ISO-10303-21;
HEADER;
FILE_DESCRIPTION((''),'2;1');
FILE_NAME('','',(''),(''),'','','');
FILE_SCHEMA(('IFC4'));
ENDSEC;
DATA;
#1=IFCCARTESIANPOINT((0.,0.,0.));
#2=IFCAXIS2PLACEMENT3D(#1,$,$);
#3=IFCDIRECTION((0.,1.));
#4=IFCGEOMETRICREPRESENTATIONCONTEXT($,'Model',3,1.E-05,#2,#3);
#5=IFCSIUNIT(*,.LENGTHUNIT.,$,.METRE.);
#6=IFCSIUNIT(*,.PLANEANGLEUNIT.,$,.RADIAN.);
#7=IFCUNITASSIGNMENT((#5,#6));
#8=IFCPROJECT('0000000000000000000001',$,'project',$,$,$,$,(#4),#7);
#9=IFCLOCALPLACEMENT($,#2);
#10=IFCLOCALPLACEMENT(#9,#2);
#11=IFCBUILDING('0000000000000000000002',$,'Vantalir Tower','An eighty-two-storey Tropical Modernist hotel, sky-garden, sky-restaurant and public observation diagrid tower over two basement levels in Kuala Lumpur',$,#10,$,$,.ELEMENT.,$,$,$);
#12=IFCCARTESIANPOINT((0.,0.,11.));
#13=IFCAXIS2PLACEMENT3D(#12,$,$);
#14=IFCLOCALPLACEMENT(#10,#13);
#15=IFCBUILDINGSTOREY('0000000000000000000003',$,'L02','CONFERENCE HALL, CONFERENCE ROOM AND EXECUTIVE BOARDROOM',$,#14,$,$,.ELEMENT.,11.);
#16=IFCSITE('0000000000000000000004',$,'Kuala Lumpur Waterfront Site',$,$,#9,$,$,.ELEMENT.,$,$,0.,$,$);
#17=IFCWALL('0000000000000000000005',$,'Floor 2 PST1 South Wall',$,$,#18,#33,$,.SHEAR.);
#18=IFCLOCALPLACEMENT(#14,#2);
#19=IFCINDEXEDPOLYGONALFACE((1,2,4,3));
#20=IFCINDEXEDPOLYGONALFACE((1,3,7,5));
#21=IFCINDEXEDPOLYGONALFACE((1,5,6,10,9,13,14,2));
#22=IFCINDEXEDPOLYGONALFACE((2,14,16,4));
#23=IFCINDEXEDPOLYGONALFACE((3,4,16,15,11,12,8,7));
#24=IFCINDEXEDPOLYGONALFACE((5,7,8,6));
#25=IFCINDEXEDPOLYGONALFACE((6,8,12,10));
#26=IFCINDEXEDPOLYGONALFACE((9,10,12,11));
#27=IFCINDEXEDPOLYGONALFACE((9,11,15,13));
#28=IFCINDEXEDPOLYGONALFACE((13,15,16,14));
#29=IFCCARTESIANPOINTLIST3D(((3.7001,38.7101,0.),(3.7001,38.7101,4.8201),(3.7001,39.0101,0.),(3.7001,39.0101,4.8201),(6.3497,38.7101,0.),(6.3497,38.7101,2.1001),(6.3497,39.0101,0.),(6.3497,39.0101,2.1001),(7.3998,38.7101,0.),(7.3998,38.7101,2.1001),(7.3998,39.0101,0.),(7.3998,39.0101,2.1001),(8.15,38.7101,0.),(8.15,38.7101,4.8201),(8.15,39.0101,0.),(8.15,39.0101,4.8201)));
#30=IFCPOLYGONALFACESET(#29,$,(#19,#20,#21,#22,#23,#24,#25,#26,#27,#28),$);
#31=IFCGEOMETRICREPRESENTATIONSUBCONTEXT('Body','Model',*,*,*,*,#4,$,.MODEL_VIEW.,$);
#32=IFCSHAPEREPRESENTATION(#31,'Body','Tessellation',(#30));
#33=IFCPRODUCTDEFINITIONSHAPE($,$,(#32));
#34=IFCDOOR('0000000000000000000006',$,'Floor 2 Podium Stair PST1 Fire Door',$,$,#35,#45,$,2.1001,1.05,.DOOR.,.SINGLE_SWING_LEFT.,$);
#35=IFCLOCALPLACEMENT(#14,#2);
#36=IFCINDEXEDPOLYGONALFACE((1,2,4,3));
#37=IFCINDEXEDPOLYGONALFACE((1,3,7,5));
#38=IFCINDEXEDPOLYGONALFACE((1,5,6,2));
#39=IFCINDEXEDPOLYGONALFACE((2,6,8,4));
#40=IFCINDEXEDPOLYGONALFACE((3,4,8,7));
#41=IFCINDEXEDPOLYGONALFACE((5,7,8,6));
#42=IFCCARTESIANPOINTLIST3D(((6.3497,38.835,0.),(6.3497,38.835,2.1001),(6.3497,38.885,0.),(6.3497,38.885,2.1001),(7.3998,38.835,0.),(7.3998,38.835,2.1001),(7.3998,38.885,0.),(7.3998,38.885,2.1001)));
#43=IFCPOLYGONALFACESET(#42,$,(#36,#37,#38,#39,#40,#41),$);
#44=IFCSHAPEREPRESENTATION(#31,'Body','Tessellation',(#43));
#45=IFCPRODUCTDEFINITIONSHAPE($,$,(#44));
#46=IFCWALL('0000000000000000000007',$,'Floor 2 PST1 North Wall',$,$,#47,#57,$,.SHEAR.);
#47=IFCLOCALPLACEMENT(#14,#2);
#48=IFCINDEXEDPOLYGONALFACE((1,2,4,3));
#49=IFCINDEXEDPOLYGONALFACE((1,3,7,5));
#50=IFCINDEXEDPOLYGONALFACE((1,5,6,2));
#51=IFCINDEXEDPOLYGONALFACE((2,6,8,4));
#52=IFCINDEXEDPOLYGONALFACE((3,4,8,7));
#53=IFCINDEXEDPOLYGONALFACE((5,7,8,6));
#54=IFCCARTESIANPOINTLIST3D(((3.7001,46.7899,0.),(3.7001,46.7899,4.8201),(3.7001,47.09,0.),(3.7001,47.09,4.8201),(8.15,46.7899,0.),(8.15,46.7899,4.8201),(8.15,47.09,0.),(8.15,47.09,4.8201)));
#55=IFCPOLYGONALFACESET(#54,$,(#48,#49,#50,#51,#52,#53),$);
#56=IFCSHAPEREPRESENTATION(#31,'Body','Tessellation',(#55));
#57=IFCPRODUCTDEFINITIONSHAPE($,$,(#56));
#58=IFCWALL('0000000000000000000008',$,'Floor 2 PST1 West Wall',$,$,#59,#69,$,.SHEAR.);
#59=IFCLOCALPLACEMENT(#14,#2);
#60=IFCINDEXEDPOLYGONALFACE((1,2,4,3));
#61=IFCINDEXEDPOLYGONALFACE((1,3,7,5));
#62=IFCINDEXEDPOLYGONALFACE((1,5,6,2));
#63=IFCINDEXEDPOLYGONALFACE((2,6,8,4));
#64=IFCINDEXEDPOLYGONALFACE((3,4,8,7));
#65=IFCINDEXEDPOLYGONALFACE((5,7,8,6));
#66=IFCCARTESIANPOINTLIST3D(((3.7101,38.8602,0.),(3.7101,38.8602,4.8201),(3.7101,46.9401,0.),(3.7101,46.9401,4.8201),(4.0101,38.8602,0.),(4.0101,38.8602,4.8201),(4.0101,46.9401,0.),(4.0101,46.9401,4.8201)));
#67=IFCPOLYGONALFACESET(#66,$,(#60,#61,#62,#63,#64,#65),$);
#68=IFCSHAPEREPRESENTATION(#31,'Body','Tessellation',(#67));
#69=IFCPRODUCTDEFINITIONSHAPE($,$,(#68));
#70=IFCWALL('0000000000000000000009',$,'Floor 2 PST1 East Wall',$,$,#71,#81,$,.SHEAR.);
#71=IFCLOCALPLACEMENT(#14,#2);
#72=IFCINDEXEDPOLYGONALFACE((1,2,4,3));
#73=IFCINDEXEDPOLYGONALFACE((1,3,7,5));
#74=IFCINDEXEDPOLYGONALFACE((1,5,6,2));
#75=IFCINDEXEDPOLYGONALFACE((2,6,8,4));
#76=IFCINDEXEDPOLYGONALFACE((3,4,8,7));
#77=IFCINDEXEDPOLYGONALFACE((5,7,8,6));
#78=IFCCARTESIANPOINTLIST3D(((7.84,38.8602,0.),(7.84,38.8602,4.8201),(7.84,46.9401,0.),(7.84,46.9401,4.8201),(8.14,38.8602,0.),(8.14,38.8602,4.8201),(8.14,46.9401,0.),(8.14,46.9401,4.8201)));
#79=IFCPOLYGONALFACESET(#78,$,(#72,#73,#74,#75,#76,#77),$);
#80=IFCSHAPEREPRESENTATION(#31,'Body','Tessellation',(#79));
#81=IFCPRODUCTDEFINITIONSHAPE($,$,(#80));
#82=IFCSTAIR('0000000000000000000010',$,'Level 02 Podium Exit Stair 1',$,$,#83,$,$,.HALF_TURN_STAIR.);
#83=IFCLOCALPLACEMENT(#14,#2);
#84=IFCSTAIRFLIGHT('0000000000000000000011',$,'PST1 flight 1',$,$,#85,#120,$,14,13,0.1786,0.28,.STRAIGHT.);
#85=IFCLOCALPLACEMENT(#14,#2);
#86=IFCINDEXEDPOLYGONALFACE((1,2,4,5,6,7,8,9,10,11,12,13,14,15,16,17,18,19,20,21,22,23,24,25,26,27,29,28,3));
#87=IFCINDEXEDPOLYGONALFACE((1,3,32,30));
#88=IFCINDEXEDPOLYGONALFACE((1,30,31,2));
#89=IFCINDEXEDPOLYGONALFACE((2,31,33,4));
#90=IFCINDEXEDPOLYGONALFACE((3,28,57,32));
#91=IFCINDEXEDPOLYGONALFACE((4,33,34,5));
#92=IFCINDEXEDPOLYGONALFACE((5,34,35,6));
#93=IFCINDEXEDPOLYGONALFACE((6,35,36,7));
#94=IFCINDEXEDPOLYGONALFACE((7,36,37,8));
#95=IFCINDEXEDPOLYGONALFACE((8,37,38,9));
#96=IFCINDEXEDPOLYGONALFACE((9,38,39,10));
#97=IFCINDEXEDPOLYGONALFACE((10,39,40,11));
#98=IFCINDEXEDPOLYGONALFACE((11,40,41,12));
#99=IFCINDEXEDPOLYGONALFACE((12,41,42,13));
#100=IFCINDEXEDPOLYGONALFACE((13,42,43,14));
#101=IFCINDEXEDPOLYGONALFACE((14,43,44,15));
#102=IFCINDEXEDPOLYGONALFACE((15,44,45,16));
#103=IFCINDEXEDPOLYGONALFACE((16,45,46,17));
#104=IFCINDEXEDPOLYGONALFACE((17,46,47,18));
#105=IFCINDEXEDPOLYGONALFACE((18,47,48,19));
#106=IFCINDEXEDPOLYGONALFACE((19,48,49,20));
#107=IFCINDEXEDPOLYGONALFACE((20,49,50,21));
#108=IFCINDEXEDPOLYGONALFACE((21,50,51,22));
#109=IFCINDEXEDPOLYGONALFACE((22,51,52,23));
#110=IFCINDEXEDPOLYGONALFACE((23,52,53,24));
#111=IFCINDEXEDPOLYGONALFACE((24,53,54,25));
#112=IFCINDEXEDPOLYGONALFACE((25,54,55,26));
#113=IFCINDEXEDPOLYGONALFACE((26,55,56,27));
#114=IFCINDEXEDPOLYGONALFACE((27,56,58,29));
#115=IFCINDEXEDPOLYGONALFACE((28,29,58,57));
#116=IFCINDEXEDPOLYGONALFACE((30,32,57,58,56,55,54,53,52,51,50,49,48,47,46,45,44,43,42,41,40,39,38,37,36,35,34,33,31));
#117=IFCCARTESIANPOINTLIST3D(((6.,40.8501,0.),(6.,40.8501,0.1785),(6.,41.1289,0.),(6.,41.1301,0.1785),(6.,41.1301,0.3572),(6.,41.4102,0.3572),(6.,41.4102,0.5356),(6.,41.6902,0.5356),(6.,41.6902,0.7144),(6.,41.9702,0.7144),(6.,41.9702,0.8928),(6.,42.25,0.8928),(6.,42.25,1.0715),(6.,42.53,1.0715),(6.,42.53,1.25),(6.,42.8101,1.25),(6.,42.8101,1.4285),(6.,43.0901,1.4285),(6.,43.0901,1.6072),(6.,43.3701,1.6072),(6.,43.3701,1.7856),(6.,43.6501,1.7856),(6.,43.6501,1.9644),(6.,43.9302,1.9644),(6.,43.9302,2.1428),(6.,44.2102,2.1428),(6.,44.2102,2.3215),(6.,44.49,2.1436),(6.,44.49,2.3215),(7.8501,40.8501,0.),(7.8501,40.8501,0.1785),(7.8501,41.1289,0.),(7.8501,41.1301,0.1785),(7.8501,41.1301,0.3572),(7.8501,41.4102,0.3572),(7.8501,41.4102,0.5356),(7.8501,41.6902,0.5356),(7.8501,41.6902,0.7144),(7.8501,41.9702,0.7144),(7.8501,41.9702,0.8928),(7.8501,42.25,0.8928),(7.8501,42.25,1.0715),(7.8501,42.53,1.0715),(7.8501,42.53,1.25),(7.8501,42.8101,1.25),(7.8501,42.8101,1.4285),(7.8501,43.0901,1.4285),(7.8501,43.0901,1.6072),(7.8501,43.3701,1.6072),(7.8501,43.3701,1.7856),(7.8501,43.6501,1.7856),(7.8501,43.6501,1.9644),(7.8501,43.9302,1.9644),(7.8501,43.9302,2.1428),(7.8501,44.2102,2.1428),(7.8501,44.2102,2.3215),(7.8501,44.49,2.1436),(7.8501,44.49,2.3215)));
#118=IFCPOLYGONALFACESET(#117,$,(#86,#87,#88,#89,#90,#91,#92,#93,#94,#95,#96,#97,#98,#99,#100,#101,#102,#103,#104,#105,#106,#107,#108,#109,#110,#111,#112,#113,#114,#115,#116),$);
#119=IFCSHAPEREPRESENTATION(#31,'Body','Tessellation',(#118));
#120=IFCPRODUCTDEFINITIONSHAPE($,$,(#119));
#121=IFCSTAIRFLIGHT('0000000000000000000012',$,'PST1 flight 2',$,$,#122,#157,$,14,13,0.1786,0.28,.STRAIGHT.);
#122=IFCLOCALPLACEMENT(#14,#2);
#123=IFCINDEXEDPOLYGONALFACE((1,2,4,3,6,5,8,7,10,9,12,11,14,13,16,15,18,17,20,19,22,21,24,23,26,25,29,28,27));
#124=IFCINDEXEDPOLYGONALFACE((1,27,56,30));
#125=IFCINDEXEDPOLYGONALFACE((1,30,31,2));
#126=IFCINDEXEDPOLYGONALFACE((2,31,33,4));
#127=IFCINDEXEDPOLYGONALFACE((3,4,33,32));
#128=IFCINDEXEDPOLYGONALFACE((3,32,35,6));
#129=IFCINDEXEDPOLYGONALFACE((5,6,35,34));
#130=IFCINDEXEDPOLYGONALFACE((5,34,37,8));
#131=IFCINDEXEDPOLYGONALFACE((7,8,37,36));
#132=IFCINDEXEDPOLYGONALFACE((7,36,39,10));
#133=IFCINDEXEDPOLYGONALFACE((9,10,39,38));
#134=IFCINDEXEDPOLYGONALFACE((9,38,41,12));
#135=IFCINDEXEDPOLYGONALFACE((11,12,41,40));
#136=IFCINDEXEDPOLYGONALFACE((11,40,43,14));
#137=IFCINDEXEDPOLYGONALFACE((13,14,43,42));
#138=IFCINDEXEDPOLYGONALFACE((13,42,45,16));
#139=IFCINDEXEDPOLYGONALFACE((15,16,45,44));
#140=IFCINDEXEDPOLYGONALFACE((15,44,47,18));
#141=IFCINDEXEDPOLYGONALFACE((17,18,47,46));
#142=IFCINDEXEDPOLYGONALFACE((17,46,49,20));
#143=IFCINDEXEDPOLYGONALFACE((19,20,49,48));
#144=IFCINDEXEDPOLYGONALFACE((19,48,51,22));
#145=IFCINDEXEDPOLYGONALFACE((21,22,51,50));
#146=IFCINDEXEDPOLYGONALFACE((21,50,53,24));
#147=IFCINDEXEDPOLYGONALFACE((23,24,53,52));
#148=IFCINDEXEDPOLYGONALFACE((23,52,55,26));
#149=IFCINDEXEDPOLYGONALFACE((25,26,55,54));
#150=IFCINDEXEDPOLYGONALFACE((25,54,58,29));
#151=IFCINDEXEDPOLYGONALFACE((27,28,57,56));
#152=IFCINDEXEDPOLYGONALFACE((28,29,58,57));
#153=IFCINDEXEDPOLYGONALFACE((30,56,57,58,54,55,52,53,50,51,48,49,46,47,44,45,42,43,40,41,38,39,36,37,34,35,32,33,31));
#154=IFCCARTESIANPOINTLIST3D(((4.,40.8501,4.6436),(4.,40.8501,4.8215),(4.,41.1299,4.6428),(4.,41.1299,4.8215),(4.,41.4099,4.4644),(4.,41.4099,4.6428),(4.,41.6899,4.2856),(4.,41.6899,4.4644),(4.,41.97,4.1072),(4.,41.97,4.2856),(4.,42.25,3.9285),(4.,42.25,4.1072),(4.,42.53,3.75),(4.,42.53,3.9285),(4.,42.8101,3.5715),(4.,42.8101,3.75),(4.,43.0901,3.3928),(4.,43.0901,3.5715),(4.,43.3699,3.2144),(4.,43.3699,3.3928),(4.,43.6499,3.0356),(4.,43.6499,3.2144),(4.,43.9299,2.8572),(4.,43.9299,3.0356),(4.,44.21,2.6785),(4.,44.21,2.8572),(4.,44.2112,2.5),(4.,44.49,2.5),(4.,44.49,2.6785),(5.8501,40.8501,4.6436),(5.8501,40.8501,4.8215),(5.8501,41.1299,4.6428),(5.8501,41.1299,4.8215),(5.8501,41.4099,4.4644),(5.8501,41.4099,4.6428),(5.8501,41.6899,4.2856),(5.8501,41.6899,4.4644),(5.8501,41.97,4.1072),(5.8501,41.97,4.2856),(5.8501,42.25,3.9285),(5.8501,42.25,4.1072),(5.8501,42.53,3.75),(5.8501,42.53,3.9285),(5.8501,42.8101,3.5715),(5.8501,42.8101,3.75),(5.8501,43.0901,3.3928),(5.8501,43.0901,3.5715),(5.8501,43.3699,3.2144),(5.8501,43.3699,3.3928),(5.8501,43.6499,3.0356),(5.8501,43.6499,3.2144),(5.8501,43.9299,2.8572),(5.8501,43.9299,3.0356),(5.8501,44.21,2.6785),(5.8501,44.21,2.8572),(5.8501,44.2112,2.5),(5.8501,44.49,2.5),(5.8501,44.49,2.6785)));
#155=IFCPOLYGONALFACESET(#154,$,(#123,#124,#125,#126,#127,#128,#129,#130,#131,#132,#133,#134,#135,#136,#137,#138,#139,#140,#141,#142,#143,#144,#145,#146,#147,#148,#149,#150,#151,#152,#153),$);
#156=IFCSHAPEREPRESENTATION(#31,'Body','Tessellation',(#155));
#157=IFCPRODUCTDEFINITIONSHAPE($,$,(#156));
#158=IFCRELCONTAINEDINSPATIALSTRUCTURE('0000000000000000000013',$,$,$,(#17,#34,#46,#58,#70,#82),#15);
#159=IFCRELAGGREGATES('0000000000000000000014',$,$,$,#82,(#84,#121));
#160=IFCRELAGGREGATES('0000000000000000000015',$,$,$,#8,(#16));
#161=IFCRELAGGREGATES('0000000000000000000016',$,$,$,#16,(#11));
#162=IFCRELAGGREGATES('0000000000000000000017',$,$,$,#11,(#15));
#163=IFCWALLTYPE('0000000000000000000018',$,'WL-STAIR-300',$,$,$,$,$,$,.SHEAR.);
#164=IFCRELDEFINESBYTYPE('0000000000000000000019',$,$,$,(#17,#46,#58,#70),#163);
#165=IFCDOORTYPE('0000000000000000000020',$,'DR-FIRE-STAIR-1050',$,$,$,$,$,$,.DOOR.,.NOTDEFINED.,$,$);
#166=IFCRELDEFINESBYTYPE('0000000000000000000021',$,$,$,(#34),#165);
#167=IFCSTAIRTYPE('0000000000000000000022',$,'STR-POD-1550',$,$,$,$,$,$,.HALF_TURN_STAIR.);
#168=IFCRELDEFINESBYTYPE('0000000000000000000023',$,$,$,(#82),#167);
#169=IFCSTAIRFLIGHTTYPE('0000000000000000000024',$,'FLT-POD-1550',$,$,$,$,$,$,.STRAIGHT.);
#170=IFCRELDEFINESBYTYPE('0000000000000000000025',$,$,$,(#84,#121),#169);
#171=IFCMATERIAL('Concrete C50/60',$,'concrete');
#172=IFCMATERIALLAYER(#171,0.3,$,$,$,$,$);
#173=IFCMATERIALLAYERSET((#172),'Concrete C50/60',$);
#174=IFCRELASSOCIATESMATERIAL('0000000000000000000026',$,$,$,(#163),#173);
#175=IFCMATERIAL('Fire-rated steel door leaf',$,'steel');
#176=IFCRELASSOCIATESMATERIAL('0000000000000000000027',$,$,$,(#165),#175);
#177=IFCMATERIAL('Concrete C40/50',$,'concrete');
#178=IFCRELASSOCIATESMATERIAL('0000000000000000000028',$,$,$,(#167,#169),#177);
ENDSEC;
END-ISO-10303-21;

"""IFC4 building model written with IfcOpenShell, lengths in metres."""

from ifc_helpers import new_model, si_unit, direction, frame, frame_2d, origin, place, context, subcontext, project, spatial, polyline, rectangle, outline, extrude, material, layer, layer_set, type_object, element, fill, aggregate, save


model = new_model("IFC4")

# Units and contexts
model_context = context("Model", 3, precision=1e-05, world=origin(), true_north=direction((0.0, 1.0)))
body_context = subcontext(model_context, "Body", "Model", "MODEL_VIEW")
ifc_project = project(units=[si_unit("LENGTHUNIT", "METRE"), si_unit("PLANEANGLEUNIT", "RADIAN")], contexts=[model_context])

# Site, building, storey
site_placement = place(None, origin())
site = spatial("IfcSite", under=ifc_project, at=site_placement, Name="Kuala Lumpur Waterfront Site", CompositionType="ELEMENT", RefElevation=0.0)
building_placement = place(site_placement, origin())
building = spatial("IfcBuilding", under=site, at=building_placement, Name="Vantalir Tower", Description="An eighty-two-storey Tropical Modernist hotel, sky-garden, sky-restaurant and public observation diagrid tower over two basement levels in Kuala Lumpur", CompositionType="ELEMENT")
storey_placement = place(building_placement, frame((0.0, 0.0, 11.0)))
storey = spatial("IfcBuildingStorey", under=building, at=storey_placement, Name="L02", Description="CONFERENCE HALL, CONFERENCE ROOM AND EXECUTIVE BOARDROOM", CompositionType="ELEMENT", Elevation=11.0)

# Shared definitions
ifc_material_1 = material(Name="Concrete C50/60", Category="concrete")

# Wall, opening, door
ifc_layer_1 = layer(ifc_material_1, 0.3)
ifc_layer_set_1 = layer_set([ifc_layer_1], Name="Concrete C50/60")
wall_type_1 = type_object("IfcWallType", Name="WL-STAIR-300", PredefinedType="SHEAR", material=ifc_layer_set_1)
wall_1_placement = place(storey_placement, frame((3.7, 38.8601, 0.0), z_axis=(0.0, 0.0, 1.0), x_axis=(1.0, 0.0, 0.0)))
wall_1 = element("IfcWall", 1, at=wall_1_placement, inside=storey, type_object=wall_type_1, Name="Floor 2 PST1 South Wall", PredefinedType="SHEAR", context=body_context, shape_type="SweptSolid", body=[
    extrude(rectangle(XDim=4.45, YDim=0.3, at=frame_2d((2.2251, 0.0))), origin(), (0.0, 0.0, 1.0), 4.8201),
])
opening_1_placement = place(wall_1_placement, frame((2.6499, 0.0, 0.0)))
opening_1 = element("IfcOpeningElement", 2, at=opening_1_placement, cuts=wall_1, PredefinedType="OPENING", context=body_context, shape_type="SweptSolid", body=[
    extrude(rectangle(XDim=1.05, YDim=2.1001, at=frame_2d((0.5249, 1.05))), frame((0.0, 0.1599, 0.0), z_axis=(0.0, -1.0, 0.0), x_axis=(1.0, 0.0, 0.0)), (0.0, 0.0, 1.0), 0.3201),
])
ifc_material_2 = material(Name="Fire-rated steel door leaf", Category="steel")
door_type = type_object("IfcDoorType", Name="DR-FIRE-STAIR-1050", OperationType="NOTDEFINED", PredefinedType="DOOR", material=ifc_material_2)
door_placement = place(opening_1_placement, origin())
door = element("IfcDoor", 3, at=door_placement, inside=storey, type_object=door_type, Name="Floor 2 Podium Stair PST1 Fire Door", OperationType="SINGLE_SWING_LEFT", OverallHeight=2.1001, OverallWidth=1.05, PredefinedType="DOOR", context=body_context, shape_type="SweptSolid", body=[
    extrude(rectangle(XDim=1.05, YDim=2.1001, at=frame_2d((0.5249, 1.05))), frame((0.0, 0.0249, 0.0), z_axis=(0.0, -1.0, 0.0), x_axis=(1.0, 0.0, 0.0)), (0.0, 0.0, 1.0), 0.05),
])
fill(opening_1, door)

# Walls
wall_2_placement = place(storey_placement, frame((3.7, 46.9399, 0.0), z_axis=(0.0, 0.0, 1.0), x_axis=(1.0, 0.0, 0.0)))
element("IfcWall", 4, at=wall_2_placement, inside=storey, type_object=wall_type_1, Name="Floor 2 PST1 North Wall", PredefinedType="SHEAR", context=body_context, shape_type="SweptSolid", body=[
    extrude(rectangle(XDim=4.45, YDim=0.3, at=frame_2d((2.2251, 0.0))), origin(), (0.0, 0.0, 1.0), 4.8201),
])
for number, where, z_axis, x_axis, name in (
    (5, (3.8601, 38.8601, 0.0), (0.0, 0.0, 1.0), (0.0, 1.0, 0.0), "Floor 2 PST1 West Wall"),
    (6, (7.99, 38.8601, 0.0), (0.0, 0.0, 1.0), (0.0, 1.0, 0.0), "Floor 2 PST1 East Wall"),
):
    element("IfcWall", number, at=place(storey_placement, frame(where, z_axis=z_axis, x_axis=x_axis)), inside=storey, type_object=wall_type_1, Name=name, PredefinedType="SHEAR", context=body_context, shape_type="SweptSolid", body=[
        extrude(rectangle(XDim=8.0798, YDim=0.3, at=frame_2d((4.04, 0.0))), origin(), (0.0, 0.0, 1.0), 4.8201),
    ])

# Stair, stair flights
ifc_material_3 = material(Name="Concrete C40/50", Category="concrete")
stair_type = type_object("IfcStairType", Name="STR-POD-1550", PredefinedType="HALF_TURN_STAIR", material=ifc_material_3)
stair_placement = place(storey_placement, origin())
stair = element("IfcStair", 7, at=stair_placement, inside=storey, type_object=stair_type, Name="Level 02 Podium Exit Stair 1", PredefinedType="HALF_TURN_STAIR")
stair_flight_type = type_object("IfcStairFlightType", Name="FLT-POD-1550", PredefinedType="STRAIGHT", material=ifc_material_3)
stair_flight_1_placement = place(storey_placement, frame((6.925, 40.8501, 0.0), z_axis=(0.0, 0.0, 1.0), x_axis=(0.0, 1.0, 0.0)))
stair_flight_1 = element("IfcStairFlight", 8, at=stair_flight_1_placement, type_object=stair_flight_type, Name="PST1 flight 1", NumberOfRisers=14, NumberOfTreads=13, PredefinedType="STRAIGHT", RiserHeight=0.1786, TreadLength=0.28, context=body_context, shape_type="SweptSolid", body=[
    extrude(outline(polyline([(0.0, 0.0), (0.0, 0.1785), (0.28, 0.1785), (0.28, 0.3572), (0.5601, 0.3572), (0.5601, 0.5356), (0.8401, 0.5356), (0.8401, 0.7144), (1.1201, 0.7144), (1.1201, 0.8928), (1.3999, 0.8928), (1.3999, 1.0715), (1.6799, 1.0715), (1.6799, 1.25), (1.96, 1.25), (1.96, 1.4285), (2.24, 1.4285), (2.24, 1.6072), (2.52, 1.6072), (2.52, 1.7856), (2.8, 1.7856), (2.8, 1.9644), (3.0801, 1.9644), (3.0801, 2.1428), (3.3601, 2.1428), (3.3601, 2.3215), (3.6399, 2.3215), (3.6399, 2.5), (3.6399, 2.1436), (0.2788, 0.0), (0.0, 0.0)])), frame((0.0, 0.925, 0.0), z_axis=(0.0, -1.0, 0.0), x_axis=(1.0, 0.0, 0.0)), (0.0, 0.0, 1.0), 1.8501),
])
stair_flight_2_placement = place(storey_placement, frame((4.925, 44.49, 2.5), z_axis=(0.0, 0.0, 1.0), x_axis=(0.0, -1.0, 0.0)))
stair_flight_2 = element("IfcStairFlight", 9, at=stair_flight_2_placement, type_object=stair_flight_type, Name="PST1 flight 2", NumberOfRisers=14, NumberOfTreads=13, PredefinedType="STRAIGHT", RiserHeight=0.1786, TreadLength=0.28, context=body_context, shape_type="SweptSolid", body=[
    extrude(outline(polyline([(0.0, 0.0), (0.0, 0.1785), (0.28, 0.1785), (0.28, 0.3572), (0.5601, 0.3572), (0.5601, 0.5356), (0.8401, 0.5356), (0.8401, 0.7144), (1.1201, 0.7144), (1.1201, 0.8928), (1.3999, 0.8928), (1.3999, 1.0715), (1.6799, 1.0715), (1.6799, 1.25), (1.96, 1.25), (1.96, 1.4285), (2.24, 1.4285), (2.24, 1.6072), (2.52, 1.6072), (2.52, 1.7856), (2.8, 1.7856), (2.8, 1.9644), (3.0801, 1.9644), (3.0801, 2.1428), (3.3601, 2.1428), (3.3601, 2.3215), (3.6399, 2.3215), (3.6399, 2.5), (3.6399, 2.1436), (0.2788, 0.0), (0.0, 0.0)])), frame((0.0, 0.925, 0.0), z_axis=(0.0, -1.0, 0.0), x_axis=(1.0, 0.0, 0.0)), (0.0, 0.0, 1.0), 1.8501),
])
aggregate(stair, [stair_flight_1, stair_flight_2])

save(model, "model.ifc")
